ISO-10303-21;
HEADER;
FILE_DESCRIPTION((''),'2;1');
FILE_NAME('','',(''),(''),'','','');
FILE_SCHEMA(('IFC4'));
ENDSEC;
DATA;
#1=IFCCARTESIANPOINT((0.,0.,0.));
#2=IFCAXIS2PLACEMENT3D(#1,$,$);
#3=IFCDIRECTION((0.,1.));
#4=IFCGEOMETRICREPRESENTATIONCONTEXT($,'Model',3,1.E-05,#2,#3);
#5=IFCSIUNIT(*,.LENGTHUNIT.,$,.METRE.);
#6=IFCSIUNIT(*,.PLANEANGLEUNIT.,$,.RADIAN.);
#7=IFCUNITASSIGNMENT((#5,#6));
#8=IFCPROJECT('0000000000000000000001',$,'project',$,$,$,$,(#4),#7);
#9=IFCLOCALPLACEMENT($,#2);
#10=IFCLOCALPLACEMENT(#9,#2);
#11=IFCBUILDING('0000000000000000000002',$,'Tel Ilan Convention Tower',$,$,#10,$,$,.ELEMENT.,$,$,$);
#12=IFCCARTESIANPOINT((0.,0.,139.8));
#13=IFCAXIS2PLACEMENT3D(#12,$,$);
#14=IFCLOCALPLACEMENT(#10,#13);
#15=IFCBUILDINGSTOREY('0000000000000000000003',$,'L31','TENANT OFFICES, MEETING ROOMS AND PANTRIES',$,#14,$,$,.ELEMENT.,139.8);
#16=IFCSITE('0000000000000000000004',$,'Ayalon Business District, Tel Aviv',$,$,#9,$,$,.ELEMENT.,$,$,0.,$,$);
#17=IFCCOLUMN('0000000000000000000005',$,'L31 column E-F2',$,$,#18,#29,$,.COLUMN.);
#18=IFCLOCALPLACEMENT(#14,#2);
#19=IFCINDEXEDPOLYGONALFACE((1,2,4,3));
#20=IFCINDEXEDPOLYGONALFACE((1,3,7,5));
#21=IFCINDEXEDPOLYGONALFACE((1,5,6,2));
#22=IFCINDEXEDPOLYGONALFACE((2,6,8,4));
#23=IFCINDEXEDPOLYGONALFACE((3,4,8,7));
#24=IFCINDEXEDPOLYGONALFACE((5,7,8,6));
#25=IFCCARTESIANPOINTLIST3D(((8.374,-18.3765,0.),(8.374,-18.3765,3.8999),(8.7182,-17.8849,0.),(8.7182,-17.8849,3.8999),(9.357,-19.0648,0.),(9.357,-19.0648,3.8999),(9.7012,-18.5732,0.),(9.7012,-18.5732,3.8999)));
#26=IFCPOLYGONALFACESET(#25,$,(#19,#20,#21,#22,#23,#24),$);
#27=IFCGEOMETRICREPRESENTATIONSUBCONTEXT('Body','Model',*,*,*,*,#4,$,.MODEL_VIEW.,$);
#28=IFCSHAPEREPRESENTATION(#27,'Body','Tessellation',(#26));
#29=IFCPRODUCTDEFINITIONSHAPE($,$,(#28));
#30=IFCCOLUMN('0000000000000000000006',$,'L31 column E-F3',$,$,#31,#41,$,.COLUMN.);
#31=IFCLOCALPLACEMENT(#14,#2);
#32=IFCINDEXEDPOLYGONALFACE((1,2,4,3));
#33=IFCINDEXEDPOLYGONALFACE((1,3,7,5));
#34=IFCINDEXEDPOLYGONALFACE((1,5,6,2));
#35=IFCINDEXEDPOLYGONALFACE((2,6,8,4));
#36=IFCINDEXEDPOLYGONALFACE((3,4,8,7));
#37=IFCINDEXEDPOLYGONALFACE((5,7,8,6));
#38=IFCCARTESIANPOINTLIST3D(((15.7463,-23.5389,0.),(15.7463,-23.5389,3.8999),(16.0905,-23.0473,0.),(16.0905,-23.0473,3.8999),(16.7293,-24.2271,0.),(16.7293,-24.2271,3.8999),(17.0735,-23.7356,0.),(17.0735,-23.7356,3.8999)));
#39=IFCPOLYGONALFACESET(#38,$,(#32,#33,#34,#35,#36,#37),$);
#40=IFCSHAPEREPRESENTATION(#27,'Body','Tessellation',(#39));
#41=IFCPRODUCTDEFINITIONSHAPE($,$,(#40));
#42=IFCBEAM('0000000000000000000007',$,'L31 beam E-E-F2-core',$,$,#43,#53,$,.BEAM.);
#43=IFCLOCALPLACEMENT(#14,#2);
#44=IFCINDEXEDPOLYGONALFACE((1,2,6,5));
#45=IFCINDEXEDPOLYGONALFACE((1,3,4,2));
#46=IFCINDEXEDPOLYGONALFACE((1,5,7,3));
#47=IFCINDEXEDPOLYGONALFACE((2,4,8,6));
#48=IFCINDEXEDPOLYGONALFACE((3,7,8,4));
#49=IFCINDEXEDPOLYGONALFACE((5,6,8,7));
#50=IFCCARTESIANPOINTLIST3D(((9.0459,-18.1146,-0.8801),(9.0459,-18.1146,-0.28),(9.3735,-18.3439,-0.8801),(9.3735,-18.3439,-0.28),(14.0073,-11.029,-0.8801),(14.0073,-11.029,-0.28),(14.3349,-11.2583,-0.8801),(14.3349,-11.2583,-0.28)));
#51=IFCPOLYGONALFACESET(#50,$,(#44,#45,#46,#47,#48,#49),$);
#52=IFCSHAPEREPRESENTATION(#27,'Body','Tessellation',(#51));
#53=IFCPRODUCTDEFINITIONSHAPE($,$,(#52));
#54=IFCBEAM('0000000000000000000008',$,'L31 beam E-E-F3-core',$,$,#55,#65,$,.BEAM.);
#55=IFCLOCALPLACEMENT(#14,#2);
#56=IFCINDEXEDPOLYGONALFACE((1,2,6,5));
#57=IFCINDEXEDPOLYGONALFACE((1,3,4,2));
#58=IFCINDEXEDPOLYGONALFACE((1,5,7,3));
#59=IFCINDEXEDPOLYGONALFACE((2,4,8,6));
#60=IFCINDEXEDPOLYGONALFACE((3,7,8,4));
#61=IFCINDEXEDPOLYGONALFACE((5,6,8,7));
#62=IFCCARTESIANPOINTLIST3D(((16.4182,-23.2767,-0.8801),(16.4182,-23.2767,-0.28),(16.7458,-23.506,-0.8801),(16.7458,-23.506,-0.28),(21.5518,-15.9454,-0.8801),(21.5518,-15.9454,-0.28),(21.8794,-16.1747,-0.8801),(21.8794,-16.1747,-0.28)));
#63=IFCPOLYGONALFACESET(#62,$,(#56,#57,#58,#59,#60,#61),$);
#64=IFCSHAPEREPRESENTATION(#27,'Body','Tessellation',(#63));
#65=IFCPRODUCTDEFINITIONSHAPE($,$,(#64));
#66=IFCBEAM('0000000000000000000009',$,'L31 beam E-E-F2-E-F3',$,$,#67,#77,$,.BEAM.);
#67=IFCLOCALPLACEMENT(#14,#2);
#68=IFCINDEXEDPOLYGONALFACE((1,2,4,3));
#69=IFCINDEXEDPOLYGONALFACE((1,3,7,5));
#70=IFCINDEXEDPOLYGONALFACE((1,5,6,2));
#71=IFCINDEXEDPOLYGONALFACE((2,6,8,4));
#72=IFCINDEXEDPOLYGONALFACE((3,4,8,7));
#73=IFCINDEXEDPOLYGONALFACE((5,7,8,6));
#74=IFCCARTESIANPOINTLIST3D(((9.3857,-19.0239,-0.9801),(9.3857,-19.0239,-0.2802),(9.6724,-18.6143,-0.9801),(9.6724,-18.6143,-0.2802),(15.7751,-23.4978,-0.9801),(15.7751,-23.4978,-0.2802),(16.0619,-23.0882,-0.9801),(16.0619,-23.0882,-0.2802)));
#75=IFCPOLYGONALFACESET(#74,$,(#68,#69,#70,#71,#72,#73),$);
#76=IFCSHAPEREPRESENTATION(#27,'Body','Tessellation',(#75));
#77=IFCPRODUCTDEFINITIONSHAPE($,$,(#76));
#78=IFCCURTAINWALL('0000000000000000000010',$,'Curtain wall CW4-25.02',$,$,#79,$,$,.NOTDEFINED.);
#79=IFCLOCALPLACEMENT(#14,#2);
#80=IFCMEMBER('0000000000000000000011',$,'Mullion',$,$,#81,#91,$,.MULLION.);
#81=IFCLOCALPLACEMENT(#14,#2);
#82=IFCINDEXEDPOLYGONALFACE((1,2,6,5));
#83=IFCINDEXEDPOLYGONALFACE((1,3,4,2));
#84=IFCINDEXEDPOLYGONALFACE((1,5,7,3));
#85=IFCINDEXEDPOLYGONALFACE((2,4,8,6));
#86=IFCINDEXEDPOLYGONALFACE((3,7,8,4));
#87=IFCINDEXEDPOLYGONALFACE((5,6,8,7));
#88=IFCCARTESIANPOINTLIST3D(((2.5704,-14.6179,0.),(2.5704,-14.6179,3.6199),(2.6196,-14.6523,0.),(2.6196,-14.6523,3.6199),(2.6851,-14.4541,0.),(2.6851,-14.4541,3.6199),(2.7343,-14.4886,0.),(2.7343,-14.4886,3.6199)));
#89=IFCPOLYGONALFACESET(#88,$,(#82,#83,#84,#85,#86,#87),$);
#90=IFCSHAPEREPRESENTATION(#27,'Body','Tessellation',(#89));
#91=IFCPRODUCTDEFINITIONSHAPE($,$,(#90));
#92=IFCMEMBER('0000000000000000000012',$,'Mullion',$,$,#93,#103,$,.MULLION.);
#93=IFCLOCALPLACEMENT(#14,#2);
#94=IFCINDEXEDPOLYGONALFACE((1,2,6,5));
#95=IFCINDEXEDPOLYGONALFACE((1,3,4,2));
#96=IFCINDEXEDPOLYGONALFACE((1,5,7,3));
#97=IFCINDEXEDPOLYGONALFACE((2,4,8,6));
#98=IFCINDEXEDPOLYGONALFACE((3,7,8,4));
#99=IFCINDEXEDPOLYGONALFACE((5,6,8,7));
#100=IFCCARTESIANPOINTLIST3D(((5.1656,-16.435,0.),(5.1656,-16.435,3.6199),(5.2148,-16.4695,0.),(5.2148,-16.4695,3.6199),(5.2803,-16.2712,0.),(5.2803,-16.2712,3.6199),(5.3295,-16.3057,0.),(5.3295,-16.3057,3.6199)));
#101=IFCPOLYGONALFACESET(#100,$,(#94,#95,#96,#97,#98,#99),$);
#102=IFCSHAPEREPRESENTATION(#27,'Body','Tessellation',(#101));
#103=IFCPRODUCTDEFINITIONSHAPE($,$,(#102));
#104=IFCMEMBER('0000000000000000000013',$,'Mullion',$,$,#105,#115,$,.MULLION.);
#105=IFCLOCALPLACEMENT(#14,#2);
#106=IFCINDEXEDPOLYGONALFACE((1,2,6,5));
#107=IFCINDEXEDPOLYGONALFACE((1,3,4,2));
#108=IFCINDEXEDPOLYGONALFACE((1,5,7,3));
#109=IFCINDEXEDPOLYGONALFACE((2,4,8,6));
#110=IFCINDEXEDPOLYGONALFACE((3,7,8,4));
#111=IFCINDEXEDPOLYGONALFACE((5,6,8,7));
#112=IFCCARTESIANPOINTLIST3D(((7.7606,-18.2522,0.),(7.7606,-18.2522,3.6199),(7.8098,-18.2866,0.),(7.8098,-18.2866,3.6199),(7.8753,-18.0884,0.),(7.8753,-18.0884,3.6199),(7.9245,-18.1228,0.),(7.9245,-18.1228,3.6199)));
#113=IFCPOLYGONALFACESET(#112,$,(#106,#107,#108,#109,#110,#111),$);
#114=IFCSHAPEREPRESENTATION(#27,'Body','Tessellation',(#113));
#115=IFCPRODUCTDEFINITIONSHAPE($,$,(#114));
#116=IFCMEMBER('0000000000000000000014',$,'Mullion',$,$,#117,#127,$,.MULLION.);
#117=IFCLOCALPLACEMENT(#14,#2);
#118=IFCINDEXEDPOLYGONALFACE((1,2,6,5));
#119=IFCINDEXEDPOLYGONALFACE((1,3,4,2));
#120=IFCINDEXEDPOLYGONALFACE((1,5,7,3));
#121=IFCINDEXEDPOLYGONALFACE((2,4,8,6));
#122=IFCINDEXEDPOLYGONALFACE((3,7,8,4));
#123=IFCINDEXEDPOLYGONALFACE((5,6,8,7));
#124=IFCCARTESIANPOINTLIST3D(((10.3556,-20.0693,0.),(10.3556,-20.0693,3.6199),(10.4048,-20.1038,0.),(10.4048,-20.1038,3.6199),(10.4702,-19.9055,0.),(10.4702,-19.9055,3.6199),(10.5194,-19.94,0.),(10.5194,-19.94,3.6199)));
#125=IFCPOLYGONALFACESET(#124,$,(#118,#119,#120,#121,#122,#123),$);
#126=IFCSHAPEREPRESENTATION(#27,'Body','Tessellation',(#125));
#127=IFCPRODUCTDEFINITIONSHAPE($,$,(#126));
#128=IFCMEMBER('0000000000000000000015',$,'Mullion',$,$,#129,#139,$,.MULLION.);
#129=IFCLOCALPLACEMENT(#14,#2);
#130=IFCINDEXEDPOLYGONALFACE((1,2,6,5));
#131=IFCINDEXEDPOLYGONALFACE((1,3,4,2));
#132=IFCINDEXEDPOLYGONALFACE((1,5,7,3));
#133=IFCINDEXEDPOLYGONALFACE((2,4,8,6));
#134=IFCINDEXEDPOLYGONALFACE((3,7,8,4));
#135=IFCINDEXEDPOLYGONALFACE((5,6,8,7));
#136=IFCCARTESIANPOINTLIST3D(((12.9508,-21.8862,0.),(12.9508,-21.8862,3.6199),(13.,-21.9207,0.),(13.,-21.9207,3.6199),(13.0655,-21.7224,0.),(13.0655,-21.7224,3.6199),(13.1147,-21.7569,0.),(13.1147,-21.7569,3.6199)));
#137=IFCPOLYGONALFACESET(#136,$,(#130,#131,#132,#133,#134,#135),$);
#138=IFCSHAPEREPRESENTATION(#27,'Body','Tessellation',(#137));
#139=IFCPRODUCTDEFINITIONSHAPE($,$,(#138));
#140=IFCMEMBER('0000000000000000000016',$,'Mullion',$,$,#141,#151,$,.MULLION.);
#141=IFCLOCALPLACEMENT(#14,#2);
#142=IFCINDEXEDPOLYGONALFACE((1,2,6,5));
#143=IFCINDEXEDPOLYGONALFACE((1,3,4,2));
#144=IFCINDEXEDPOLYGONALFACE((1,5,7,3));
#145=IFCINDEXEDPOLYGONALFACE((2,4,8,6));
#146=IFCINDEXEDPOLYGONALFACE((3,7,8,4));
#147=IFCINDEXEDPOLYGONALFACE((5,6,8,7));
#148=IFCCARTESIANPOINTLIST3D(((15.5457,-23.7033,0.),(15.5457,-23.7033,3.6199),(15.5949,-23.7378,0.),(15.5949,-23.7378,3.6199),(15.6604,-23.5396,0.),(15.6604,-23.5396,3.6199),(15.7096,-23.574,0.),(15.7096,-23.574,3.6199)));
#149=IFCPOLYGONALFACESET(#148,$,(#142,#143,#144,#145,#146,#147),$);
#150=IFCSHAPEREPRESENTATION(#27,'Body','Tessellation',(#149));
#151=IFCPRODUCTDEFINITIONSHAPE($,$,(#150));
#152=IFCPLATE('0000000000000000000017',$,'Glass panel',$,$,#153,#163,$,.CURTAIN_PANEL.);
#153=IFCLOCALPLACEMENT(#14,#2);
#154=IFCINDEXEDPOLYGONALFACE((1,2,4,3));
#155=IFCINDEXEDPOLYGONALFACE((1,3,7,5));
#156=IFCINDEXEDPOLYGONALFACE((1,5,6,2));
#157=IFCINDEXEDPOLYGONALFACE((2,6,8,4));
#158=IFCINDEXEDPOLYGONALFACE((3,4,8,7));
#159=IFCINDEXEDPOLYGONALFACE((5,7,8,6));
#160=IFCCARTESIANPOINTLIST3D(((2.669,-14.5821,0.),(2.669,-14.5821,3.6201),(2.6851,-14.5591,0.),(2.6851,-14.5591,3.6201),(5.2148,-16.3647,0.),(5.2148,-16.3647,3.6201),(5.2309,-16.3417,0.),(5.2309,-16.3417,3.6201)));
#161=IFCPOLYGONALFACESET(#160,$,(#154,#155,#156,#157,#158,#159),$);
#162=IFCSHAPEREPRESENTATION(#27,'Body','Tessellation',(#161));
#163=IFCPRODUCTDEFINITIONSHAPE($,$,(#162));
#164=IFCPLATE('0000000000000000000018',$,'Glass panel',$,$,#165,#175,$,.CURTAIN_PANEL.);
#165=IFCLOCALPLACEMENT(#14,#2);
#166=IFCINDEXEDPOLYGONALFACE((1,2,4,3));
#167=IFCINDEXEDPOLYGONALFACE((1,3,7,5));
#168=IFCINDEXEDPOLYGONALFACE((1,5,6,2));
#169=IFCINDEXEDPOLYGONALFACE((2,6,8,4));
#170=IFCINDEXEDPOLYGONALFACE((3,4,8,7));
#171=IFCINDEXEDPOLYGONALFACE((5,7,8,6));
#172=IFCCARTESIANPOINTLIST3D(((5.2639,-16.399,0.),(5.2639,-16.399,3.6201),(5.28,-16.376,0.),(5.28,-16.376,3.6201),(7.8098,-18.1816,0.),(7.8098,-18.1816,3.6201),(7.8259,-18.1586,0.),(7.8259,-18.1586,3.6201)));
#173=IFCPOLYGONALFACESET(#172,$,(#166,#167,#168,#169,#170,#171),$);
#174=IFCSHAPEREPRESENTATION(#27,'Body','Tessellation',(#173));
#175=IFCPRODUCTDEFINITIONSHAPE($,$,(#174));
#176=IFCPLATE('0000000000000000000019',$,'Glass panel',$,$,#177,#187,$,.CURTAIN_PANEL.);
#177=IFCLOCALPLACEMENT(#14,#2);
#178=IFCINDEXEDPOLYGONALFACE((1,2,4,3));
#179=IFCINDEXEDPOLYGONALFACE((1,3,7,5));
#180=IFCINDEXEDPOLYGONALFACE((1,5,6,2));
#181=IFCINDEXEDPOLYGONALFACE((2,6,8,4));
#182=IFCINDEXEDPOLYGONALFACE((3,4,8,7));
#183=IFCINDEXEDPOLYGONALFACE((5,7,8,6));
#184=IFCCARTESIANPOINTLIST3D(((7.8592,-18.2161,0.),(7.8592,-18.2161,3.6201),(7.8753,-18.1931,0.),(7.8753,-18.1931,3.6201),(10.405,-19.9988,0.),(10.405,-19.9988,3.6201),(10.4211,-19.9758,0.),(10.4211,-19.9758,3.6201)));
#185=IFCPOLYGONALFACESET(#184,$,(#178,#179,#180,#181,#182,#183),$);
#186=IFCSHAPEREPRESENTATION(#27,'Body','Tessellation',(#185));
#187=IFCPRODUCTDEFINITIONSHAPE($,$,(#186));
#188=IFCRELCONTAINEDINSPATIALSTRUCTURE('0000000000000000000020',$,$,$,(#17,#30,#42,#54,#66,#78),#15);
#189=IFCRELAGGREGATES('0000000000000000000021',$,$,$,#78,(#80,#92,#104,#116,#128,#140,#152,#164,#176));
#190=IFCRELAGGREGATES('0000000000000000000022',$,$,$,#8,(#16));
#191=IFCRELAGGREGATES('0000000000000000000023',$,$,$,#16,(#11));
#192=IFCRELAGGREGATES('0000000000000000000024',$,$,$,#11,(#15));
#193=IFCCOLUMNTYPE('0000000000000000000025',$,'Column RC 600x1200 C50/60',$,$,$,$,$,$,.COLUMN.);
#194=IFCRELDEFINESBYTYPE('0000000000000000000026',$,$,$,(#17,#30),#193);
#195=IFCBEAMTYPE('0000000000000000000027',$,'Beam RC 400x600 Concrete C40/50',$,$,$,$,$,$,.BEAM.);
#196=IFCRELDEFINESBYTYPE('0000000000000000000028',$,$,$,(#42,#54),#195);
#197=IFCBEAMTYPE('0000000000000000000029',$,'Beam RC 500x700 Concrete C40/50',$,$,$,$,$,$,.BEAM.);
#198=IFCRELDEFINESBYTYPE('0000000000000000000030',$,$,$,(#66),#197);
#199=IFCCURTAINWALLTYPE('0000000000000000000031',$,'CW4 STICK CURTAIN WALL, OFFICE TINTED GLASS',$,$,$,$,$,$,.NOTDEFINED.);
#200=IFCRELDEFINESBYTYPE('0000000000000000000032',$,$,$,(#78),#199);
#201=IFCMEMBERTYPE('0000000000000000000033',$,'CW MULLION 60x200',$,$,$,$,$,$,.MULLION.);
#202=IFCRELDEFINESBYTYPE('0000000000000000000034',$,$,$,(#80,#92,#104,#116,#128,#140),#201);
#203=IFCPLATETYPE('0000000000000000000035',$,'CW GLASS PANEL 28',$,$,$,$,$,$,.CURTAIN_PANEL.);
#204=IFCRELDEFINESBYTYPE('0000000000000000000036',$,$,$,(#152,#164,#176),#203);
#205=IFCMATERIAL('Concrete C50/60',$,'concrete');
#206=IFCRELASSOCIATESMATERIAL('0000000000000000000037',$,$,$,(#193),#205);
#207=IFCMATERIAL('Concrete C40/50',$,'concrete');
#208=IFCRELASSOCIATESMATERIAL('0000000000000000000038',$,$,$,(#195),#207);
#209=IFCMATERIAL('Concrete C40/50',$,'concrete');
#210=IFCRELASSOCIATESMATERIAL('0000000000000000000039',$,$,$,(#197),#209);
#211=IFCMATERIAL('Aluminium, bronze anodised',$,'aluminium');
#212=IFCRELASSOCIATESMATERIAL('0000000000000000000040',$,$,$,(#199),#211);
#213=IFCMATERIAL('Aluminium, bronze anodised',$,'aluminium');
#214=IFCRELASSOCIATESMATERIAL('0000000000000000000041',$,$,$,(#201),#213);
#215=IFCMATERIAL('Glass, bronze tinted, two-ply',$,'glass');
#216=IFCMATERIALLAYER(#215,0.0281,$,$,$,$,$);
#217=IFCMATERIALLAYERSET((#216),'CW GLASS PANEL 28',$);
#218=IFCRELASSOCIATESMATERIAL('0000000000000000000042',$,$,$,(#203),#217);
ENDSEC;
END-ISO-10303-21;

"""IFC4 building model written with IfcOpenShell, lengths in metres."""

from ifc_helpers import new_model, si_unit, direction, frame, origin, origin_2d, place, context, subcontext, project, spatial, rectangle, extrude, material, layer, layer_set, material_profile, profile_set, type_object, element, aggregate, save


model = new_model("IFC4")

# Units and contexts
model_context = context("Model", 3, precision=1e-05, world=origin(), true_north=direction((0.0, 1.0)))
body_context = subcontext(model_context, "Body", "Model", "MODEL_VIEW")
ifc_project = project(units=[si_unit("LENGTHUNIT", "METRE"), si_unit("PLANEANGLEUNIT", "RADIAN")], contexts=[model_context])

# Site, building, storey
site_placement = place(None, origin())
site = spatial("IfcSite", under=ifc_project, at=site_placement, Name="Ayalon Business District, Tel Aviv", CompositionType="ELEMENT", RefElevation=0.0)
building_placement = place(site_placement, origin())
building = spatial("IfcBuilding", under=site, at=building_placement, Name="Tel Ilan Convention Tower", CompositionType="ELEMENT")
storey_placement = place(building_placement, frame((0.0, 0.0, 139.8)))
storey = spatial("IfcBuildingStorey", under=building, at=storey_placement, Name="L31", Description="TENANT OFFICES, MEETING ROOMS AND PANTRIES", CompositionType="ELEMENT", Elevation=139.8)

# Columns
ifc_material_1 = material(Name="Concrete C50/60", Category="concrete")
ifc_material_profile_1 = material_profile(ifc_material_1, rectangle(XDim=1.2, YDim=0.6001, at=origin_2d()), Name="RC 600x1200")
ifc_profile_set_1 = profile_set([ifc_material_profile_1], Name="Concrete C50/60")
column_type = type_object("IfcColumnType", Name="Column RC 600x1200 C50/60", PredefinedType="COLUMN", material=ifc_profile_set_1)
for number, where, z_axis, x_axis, name in (
    (1, (9.0376, -18.4749, 0.0), (0.0, 0.0, 1.0), (0.819152, -0.573576, 0.0), "L31 column E-F2"),
    (2, (16.4099, -23.6372, 0.0), (0.0, 0.0, 1.0), (0.819152, -0.573576, 0.0), "L31 column E-F3"),
):
    element("IfcColumn", number, at=place(storey_placement, frame(where, z_axis=z_axis, x_axis=x_axis)), inside=storey, type_object=column_type, Name=name, PredefinedType="COLUMN", context=body_context, shape_type="SweptSolid", body=[
        extrude(rectangle(XDim=1.2, YDim=0.6001, at=origin_2d()), origin(), (0.0, 0.0, 1.0), 3.8999),
    ])

# Beams
ifc_material_2 = material(Name="Concrete C40/50", Category="concrete")
ifc_material_profile_2 = material_profile(ifc_material_2, rectangle(XDim=0.3999, YDim=0.6001, at=origin_2d()), Name="RC 400x600")
ifc_profile_set_2 = profile_set([ifc_material_profile_2], Name="Concrete C40/50")
beam_type_1 = type_object("IfcBeamType", Name="Beam RC 400x600 Concrete C40/50", PredefinedType="BEAM", material=ifc_profile_set_2)
beam_1_placement = place(storey_placement, frame((9.2097, -18.2292, -0.5801), z_axis=(0.573574, 0.819154, 0.0), x_axis=(-0.819154, 0.573574, 0.0)))
element("IfcBeam", 3, at=beam_1_placement, inside=storey, type_object=beam_type_1, Name="L31 beam E-E-F2-core", PredefinedType="BEAM", context=body_context, shape_type="SweptSolid", body=[
    extrude(rectangle(XDim=0.3999, YDim=0.6001, at=origin_2d()), origin(), (0.0, 0.0, 1.0), 8.6499),
])
beam_2_placement = place(storey_placement, frame((16.582, -23.3914, -0.5801), z_axis=(0.573585, 0.819146, 0.0), x_axis=(-0.819146, 0.573585, 0.0)))
element("IfcBeam", 4, at=beam_2_placement, inside=storey, type_object=beam_type_1, Name="L31 beam E-E-F3-core", PredefinedType="BEAM", context=body_context, shape_type="SweptSolid", body=[
    extrude(rectangle(XDim=0.3999, YDim=0.6001, at=origin_2d()), origin(), (0.0, 0.0, 1.0), 8.95),
])
ifc_material_3 = material(Name="Concrete C40/50", Category="concrete")
ifc_material_profile_3 = material_profile(ifc_material_3, rectangle(XDim=0.5, YDim=0.7, at=origin_2d()), Name="RC 500x700")
ifc_profile_set_3 = profile_set([ifc_material_profile_3], Name="Concrete C40/50")
beam_type_2 = type_object("IfcBeamType", Name="Beam RC 500x700 Concrete C40/50", PredefinedType="BEAM", material=ifc_profile_set_3)
beam_3_placement = place(storey_placement, frame((9.5291, -18.8191, -0.6301), z_axis=(0.819154, -0.573574, 0.0), x_axis=(0.573574, 0.819154, 0.0)))
element("IfcBeam", 5, at=beam_3_placement, inside=storey, type_object=beam_type_2, Name="L31 beam E-E-F2-E-F3", PredefinedType="BEAM", context=body_context, shape_type="SweptSolid", body=[
    extrude(rectangle(XDim=0.5, YDim=0.7, at=origin_2d()), origin(), (0.0, 0.0, 1.0), 7.8),
])

# Curtain wall, members, plates
ifc_material_4 = material(Name="Aluminium, bronze anodised", Category="aluminium")
curtain_wall_type = type_object("IfcCurtainWallType", Name="CW4 STICK CURTAIN WALL, OFFICE TINTED GLASS", PredefinedType="NOTDEFINED", material=ifc_material_4)
curtain_wall_placement = place(storey_placement, origin())
curtain_wall = element("IfcCurtainWall", 6, at=curtain_wall_placement, inside=storey, type_object=curtain_wall_type, Name="Curtain wall CW4-25.02", PredefinedType="NOTDEFINED")
ifc_material_5 = material(Name="Aluminium, bronze anodised", Category="aluminium")
ifc_material_profile_4 = material_profile(ifc_material_5, rectangle(XDim=0.0601, YDim=0.2, at=origin_2d()), Name="CW MULLION 60x200")
ifc_profile_set_4 = profile_set([ifc_material_profile_4], Name="Aluminium, bronze anodised")
member_type = type_object("IfcMemberType", Name="CW MULLION 60x200", PredefinedType="MULLION", material=ifc_profile_set_4)
member_1_placement = place(storey_placement, frame((2.6523, -14.5532, 0.0), z_axis=(0.0, 0.0, 1.0), x_axis=(0.819152, -0.573576, 0.0)))
member_1 = element("IfcMember", 7, at=member_1_placement, type_object=member_type, Name="Mullion", PredefinedType="MULLION", context=body_context, shape_type="SweptSolid", body=[
    extrude(rectangle(XDim=0.0601, YDim=0.2, at=origin_2d()), origin(), (0.0, 0.0, 1.0), 3.6199),
])
member_2_placement = place(storey_placement, frame((5.2476, -16.3704, 0.0), z_axis=(0.0, 0.0, 1.0), x_axis=(0.819152, -0.573576, 0.0)))
member_2 = element("IfcMember", 8, at=member_2_placement, type_object=member_type, Name="Mullion", PredefinedType="MULLION", context=body_context, shape_type="SweptSolid", body=[
    extrude(rectangle(XDim=0.0601, YDim=0.2, at=origin_2d()), origin(), (0.0, 0.0, 1.0), 3.6199),
])
member_3_placement = place(storey_placement, frame((7.8425, -18.1875, 0.0), z_axis=(0.0, 0.0, 1.0), x_axis=(0.819152, -0.573576, 0.0)))
member_3 = element("IfcMember", 9, at=member_3_placement, type_object=member_type, Name="Mullion", PredefinedType="MULLION", context=body_context, shape_type="SweptSolid", body=[
    extrude(rectangle(XDim=0.0601, YDim=0.2, at=origin_2d()), origin(), (0.0, 0.0, 1.0), 3.6199),
])
member_4_placement = place(storey_placement, frame((10.4375, -20.0046, 0.0), z_axis=(0.0, 0.0, 1.0), x_axis=(0.819152, -0.573576, 0.0)))
member_4 = element("IfcMember", 10, at=member_4_placement, type_object=member_type, Name="Mullion", PredefinedType="MULLION", context=body_context, shape_type="SweptSolid", body=[
    extrude(rectangle(XDim=0.0601, YDim=0.2, at=origin_2d()), origin(), (0.0, 0.0, 1.0), 3.6199),
])
member_5_placement = place(storey_placement, frame((13.0327, -21.8215, 0.0), z_axis=(0.0, 0.0, 1.0), x_axis=(0.819152, -0.573576, 0.0)))
member_5 = element("IfcMember", 11, at=member_5_placement, type_object=member_type, Name="Mullion", PredefinedType="MULLION", context=body_context, shape_type="SweptSolid", body=[
    extrude(rectangle(XDim=0.0601, YDim=0.2, at=origin_2d()), origin(), (0.0, 0.0, 1.0), 3.6199),
])
member_6_placement = place(storey_placement, frame((15.6277, -23.6387, 0.0), z_axis=(0.0, 0.0, 1.0), x_axis=(0.819152, -0.573576, 0.0)))
member_6 = element("IfcMember", 12, at=member_6_placement, type_object=member_type, Name="Mullion", PredefinedType="MULLION", context=body_context, shape_type="SweptSolid", body=[
    extrude(rectangle(XDim=0.0601, YDim=0.2, at=origin_2d()), origin(), (0.0, 0.0, 1.0), 3.6199),
])
ifc_material_6 = material(Name="Glass, bronze tinted, two-ply", Category="glass")
ifc_layer_1 = layer(ifc_material_6, 0.0281)
ifc_layer_set_1 = layer_set([ifc_layer_1], Name="CW GLASS PANEL 28")
plate_type = type_object("IfcPlateType", Name="CW GLASS PANEL 28", PredefinedType="CURTAIN_PANEL", material=ifc_layer_set_1)
plate_1_placement = place(storey_placement, frame((3.95, -15.4619, 0.0), z_axis=(0.0, 0.0, 1.0), x_axis=(0.819152, -0.573576, 0.0)))
plate_1 = element("IfcPlate", 13, at=plate_1_placement, type_object=plate_type, Name="Glass panel", PredefinedType="CURTAIN_PANEL", context=body_context, shape_type="SweptSolid", body=[
    extrude(rectangle(XDim=3.1079, YDim=0.0281, at=origin_2d()), origin(), (0.0, 0.0, 1.0), 3.6201),
])
plate_2_placement = place(storey_placement, frame((6.5449, -17.2788, 0.0), z_axis=(0.0, 0.0, 1.0), x_axis=(0.819152, -0.573576, 0.0)))
plate_2 = element("IfcPlate", 14, at=plate_2_placement, type_object=plate_type, Name="Glass panel", PredefinedType="CURTAIN_PANEL", context=body_context, shape_type="SweptSolid", body=[
    extrude(rectangle(XDim=3.1079, YDim=0.0281, at=origin_2d()), origin(), (0.0, 0.0, 1.0), 3.6201),
])
plate_3_placement = place(storey_placement, frame((9.1401, -19.0959, 0.0), z_axis=(0.0, 0.0, 1.0), x_axis=(0.819152, -0.573576, 0.0)))
plate_3 = element("IfcPlate", 15, at=plate_3_placement, type_object=plate_type, Name="Glass panel", PredefinedType="CURTAIN_PANEL", context=body_context, shape_type="SweptSolid", body=[
    extrude(rectangle(XDim=3.1079, YDim=0.0281, at=origin_2d()), origin(), (0.0, 0.0, 1.0), 3.6201),
])
aggregate(curtain_wall, [member_1, member_2, member_3, member_4, member_5, member_6, plate_1, plate_2, plate_3])

save(model, "model.ifc")
